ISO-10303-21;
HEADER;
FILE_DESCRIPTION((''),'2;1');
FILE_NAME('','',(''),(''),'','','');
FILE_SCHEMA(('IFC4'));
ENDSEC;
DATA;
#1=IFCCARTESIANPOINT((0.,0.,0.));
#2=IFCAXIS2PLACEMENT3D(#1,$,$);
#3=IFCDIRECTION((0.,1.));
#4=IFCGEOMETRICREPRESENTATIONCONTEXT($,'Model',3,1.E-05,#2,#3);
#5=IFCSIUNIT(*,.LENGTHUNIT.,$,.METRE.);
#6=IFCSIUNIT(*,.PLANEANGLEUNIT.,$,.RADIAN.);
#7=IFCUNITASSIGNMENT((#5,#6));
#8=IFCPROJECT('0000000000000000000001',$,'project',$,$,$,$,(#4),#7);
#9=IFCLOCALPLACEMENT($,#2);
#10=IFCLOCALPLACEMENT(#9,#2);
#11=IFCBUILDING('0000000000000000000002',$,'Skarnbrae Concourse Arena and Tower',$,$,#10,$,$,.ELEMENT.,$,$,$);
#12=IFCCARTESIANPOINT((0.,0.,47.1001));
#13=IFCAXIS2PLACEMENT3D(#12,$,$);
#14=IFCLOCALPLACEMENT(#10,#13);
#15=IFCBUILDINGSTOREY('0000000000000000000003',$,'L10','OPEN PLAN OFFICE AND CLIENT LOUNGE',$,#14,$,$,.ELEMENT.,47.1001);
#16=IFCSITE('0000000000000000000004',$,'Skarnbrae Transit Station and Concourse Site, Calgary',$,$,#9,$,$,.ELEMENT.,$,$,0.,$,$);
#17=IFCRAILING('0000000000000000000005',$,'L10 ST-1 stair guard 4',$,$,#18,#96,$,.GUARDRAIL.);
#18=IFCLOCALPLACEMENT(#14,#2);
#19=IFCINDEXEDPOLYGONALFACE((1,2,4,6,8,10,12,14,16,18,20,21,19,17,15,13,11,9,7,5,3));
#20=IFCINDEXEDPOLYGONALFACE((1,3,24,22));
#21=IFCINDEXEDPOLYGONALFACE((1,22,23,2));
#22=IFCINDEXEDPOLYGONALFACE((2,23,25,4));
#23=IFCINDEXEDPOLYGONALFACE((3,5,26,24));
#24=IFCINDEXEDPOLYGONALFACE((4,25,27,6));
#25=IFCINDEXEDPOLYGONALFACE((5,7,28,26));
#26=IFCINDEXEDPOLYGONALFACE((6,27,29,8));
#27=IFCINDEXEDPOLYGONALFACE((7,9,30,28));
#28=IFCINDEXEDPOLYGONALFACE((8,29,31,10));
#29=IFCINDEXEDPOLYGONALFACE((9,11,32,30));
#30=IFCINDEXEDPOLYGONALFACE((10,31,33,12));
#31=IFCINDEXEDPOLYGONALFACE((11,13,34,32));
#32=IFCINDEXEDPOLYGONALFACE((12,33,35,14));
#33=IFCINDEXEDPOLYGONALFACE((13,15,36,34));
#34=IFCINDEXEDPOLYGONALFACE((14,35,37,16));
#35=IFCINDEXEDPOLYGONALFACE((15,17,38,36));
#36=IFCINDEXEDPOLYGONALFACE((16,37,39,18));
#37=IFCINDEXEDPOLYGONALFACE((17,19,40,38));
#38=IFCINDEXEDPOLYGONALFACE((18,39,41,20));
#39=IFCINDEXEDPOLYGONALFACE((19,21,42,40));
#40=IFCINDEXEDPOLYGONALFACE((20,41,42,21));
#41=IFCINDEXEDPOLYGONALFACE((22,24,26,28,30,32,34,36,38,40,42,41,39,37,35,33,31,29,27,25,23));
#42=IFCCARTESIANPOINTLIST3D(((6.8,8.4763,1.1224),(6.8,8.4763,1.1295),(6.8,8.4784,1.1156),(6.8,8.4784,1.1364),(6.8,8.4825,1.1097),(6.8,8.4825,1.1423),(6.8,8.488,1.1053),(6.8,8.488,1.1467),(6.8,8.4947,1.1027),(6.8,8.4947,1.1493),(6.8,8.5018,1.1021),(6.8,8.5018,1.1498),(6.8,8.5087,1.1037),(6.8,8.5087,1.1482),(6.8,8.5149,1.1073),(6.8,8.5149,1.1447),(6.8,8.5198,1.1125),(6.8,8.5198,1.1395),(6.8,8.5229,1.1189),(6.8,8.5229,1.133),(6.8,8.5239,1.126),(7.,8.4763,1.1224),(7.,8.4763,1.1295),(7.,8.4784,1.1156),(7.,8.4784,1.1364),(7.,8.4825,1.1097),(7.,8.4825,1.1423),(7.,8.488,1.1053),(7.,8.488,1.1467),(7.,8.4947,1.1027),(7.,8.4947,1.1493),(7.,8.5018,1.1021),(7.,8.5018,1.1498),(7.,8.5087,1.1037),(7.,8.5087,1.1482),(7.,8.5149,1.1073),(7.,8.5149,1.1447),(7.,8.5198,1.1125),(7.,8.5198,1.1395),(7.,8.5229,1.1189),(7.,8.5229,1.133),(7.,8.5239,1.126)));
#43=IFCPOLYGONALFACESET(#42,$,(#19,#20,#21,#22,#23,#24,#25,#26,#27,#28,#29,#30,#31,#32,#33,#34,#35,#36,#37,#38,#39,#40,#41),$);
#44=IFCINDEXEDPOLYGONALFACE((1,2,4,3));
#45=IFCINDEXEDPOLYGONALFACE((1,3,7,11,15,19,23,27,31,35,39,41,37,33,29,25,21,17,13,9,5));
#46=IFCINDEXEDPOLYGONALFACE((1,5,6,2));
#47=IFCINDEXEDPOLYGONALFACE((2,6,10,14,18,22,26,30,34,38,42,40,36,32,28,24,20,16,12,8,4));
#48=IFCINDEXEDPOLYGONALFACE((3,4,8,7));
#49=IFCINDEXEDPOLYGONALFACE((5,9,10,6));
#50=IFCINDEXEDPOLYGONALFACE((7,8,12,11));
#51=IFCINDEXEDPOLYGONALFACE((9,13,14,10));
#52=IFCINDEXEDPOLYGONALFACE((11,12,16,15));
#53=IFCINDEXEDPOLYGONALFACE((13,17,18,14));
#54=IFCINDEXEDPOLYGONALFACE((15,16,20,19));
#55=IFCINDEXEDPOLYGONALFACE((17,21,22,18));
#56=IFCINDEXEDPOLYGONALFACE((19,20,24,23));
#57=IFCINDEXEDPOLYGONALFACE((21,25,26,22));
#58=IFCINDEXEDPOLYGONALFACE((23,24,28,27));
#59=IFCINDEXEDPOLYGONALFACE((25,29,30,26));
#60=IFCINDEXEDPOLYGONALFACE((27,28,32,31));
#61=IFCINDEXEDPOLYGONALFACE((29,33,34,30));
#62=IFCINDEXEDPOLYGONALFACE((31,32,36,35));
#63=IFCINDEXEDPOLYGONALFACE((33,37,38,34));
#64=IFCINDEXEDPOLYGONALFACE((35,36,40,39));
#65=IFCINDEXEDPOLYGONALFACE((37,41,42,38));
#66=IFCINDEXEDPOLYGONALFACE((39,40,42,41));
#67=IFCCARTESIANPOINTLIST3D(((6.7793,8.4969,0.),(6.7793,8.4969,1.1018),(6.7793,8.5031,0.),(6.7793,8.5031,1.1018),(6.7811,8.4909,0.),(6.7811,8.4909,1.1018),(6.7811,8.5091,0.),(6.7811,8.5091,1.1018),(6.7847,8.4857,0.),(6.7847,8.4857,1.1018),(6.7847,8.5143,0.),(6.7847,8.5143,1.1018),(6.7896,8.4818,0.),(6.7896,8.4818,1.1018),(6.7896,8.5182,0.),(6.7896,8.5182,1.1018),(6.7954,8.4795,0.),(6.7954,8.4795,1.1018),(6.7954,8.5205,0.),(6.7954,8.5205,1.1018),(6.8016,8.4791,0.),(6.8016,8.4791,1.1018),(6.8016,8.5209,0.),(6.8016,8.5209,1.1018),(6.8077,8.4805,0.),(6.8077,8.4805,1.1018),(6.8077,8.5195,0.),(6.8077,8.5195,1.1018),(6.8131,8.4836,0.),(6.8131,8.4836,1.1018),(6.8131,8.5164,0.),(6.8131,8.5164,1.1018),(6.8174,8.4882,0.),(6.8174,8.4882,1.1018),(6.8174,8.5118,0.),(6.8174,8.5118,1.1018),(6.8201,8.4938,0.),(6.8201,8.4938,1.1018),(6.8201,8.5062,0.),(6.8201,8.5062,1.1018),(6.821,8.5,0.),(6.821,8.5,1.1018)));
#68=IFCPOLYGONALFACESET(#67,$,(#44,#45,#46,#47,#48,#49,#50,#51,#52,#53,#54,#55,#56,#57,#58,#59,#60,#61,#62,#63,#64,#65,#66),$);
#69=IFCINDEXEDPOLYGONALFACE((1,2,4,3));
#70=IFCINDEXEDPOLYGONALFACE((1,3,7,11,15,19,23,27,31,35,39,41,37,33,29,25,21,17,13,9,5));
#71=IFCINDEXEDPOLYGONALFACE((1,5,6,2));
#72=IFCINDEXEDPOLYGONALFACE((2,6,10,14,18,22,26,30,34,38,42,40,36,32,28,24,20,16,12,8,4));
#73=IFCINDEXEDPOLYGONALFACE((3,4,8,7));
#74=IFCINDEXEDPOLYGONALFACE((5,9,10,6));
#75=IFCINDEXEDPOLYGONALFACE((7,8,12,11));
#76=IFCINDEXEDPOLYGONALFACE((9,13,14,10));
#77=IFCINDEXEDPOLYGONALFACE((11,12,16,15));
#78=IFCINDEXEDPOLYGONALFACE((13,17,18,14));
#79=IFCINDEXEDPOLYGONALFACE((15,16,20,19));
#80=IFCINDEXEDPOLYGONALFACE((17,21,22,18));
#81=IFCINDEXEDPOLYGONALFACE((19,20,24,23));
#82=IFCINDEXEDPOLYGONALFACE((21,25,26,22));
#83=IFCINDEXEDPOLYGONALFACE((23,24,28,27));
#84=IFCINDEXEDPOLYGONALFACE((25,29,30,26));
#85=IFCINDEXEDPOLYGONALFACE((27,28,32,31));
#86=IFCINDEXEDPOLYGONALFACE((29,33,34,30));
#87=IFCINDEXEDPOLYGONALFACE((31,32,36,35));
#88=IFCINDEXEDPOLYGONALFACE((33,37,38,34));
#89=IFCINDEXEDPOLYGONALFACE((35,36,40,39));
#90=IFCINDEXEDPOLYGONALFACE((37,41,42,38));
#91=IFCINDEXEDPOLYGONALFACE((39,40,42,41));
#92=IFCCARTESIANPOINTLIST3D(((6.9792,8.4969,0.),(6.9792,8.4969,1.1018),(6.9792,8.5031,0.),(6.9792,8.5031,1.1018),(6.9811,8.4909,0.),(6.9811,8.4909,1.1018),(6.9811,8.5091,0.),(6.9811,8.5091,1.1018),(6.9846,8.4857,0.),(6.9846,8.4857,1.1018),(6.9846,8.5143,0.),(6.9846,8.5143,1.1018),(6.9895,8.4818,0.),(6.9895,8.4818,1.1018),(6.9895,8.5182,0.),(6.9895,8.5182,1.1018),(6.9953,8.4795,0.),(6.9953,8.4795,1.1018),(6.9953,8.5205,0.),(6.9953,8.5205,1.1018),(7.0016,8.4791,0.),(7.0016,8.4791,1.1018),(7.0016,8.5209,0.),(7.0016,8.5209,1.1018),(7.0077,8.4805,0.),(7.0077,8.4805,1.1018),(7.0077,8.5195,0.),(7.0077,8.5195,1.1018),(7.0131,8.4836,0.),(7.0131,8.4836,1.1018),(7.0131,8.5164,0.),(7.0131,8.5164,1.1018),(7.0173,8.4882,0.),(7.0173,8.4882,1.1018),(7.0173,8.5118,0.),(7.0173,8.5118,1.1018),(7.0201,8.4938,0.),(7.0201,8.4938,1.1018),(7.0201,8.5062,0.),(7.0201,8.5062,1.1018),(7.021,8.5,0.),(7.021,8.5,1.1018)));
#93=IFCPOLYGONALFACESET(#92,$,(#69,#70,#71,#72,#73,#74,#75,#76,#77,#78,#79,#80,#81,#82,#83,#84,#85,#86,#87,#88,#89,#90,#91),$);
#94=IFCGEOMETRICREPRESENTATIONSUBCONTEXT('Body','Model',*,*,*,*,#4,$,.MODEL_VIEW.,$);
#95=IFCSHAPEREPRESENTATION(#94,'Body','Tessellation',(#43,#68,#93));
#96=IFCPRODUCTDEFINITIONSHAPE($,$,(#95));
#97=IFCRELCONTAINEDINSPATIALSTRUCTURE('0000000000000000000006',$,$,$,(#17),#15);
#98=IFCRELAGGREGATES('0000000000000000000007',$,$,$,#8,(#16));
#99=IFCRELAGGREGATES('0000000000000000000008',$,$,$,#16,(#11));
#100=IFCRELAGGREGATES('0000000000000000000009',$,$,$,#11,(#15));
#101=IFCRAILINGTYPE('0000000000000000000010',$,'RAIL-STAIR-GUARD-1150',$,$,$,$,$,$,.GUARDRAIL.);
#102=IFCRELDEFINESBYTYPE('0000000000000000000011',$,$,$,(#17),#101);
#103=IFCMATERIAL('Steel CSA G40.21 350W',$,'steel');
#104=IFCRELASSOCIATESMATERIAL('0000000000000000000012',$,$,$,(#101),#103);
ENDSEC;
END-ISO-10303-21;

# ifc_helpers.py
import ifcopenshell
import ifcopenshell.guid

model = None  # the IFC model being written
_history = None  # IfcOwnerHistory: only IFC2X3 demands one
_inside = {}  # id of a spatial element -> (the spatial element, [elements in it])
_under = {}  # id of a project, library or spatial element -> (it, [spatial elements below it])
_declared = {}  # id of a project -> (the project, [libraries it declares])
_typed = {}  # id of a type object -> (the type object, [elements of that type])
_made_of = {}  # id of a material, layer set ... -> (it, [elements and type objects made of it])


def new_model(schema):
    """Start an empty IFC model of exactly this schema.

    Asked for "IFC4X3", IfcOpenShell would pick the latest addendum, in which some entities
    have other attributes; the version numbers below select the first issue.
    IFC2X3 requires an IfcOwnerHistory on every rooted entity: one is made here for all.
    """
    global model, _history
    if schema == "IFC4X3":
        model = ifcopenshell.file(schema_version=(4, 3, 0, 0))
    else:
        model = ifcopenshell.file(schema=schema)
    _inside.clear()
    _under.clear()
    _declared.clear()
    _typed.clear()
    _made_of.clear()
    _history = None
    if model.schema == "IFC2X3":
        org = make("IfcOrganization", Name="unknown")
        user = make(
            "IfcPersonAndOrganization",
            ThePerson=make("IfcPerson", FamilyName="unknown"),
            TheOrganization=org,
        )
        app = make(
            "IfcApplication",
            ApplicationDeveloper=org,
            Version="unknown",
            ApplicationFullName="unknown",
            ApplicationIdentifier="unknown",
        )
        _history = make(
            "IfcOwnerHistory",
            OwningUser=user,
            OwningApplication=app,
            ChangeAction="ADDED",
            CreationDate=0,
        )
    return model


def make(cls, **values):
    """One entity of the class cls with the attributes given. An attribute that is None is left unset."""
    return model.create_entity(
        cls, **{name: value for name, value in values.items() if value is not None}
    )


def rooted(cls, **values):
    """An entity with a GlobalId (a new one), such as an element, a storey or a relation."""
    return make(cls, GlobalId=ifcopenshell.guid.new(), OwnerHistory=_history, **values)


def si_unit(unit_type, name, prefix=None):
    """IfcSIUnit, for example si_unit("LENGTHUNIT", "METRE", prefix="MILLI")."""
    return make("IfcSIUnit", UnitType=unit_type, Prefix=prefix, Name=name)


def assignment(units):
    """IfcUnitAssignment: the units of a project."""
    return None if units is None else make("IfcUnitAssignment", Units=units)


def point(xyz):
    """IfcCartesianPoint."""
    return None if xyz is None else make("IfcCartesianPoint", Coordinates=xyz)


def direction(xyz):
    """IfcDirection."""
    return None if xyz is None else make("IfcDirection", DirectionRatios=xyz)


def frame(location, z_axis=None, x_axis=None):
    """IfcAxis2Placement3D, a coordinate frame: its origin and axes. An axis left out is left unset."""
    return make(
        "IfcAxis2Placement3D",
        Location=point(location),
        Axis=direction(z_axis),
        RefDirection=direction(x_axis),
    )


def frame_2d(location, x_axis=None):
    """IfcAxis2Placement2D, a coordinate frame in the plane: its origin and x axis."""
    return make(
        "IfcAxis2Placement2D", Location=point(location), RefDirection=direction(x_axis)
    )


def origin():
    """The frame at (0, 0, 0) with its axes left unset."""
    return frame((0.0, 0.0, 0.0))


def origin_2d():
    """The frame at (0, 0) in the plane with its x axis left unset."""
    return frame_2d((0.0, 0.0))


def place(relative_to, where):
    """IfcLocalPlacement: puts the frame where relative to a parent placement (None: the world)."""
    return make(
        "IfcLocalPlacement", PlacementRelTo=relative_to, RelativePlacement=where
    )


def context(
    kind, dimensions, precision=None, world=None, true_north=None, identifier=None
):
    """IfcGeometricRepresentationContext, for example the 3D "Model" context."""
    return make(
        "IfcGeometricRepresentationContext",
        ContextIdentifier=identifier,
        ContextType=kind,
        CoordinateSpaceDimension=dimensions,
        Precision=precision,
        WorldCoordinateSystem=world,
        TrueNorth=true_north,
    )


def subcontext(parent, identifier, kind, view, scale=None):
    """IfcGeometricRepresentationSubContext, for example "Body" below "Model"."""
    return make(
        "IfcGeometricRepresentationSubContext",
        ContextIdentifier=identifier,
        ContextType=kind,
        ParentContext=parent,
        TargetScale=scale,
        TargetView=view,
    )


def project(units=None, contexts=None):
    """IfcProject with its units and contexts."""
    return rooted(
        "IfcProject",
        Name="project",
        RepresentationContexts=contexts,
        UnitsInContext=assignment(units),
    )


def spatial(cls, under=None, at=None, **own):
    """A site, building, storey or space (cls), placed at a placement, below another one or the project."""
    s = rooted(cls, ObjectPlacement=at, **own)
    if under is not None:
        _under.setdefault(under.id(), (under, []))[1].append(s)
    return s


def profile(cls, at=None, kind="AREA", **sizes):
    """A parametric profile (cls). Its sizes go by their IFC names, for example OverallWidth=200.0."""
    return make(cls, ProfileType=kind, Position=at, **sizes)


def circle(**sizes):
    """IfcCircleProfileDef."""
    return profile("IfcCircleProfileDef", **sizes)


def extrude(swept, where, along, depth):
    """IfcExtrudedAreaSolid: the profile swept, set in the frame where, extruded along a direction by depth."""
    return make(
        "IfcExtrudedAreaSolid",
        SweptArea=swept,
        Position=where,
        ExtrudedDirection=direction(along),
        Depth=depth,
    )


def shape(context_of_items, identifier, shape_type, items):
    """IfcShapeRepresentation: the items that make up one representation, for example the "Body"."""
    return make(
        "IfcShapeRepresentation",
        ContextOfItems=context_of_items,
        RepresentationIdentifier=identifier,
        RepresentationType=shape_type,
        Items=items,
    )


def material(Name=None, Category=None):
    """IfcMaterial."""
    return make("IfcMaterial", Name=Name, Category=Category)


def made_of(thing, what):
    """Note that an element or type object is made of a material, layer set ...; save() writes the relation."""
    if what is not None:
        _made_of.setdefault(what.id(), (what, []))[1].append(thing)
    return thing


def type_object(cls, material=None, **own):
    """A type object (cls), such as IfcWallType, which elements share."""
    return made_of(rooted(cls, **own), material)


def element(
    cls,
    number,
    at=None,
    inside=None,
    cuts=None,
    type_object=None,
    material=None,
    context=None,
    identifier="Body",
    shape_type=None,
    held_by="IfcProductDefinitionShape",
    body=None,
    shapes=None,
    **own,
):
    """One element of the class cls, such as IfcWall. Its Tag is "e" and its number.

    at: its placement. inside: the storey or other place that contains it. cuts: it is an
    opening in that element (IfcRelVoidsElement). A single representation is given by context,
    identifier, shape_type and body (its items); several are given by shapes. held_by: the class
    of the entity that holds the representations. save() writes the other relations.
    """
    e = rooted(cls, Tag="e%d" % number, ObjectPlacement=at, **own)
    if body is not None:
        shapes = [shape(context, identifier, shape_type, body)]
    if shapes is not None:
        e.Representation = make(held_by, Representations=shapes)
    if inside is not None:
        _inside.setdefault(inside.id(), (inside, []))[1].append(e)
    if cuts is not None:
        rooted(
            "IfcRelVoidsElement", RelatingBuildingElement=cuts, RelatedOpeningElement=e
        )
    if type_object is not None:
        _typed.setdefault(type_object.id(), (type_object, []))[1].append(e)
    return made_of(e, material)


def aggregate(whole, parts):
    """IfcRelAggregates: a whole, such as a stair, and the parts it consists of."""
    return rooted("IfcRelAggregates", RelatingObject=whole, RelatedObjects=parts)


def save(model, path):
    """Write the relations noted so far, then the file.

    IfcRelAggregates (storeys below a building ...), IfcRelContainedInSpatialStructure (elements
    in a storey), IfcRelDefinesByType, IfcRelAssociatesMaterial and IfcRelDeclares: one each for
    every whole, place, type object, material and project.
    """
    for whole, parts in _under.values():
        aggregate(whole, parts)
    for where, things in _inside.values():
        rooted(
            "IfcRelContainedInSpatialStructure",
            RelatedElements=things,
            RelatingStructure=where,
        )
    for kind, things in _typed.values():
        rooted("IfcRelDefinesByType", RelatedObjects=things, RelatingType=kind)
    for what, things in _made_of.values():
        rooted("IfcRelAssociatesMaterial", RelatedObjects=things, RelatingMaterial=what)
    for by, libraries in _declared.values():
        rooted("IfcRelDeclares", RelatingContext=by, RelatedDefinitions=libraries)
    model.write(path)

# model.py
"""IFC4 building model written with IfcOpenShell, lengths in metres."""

from ifc_helpers import new_model, si_unit, direction, frame, origin, origin_2d, place, context, subcontext, project, spatial, circle, extrude, material, type_object, element, save


model = new_model("IFC4")

# Units and contexts
model_context = context("Model", 3, precision=1e-05, world=origin(), true_north=direction((0.0, 1.0)))
body_context = subcontext(model_context, "Body", "Model", "MODEL_VIEW")
ifc_project = project(units=[si_unit("LENGTHUNIT", "METRE"), si_unit("PLANEANGLEUNIT", "RADIAN")], contexts=[model_context])

# Site, building, storey
site_placement = place(None, origin())
site = spatial("IfcSite", under=ifc_project, at=site_placement, Name="Skarnbrae Transit Station and Concourse Site, Calgary", CompositionType="ELEMENT", RefElevation=0.0)
building_placement = place(site_placement, origin())
building = spatial("IfcBuilding", under=site, at=building_placement, Name="Skarnbrae Concourse Arena and Tower", CompositionType="ELEMENT")
storey_placement = place(building_placement, frame((0.0, 0.0, 47.1001)))
storey = spatial("IfcBuildingStorey", under=building, at=storey_placement, Name="L10", Description="OPEN PLAN OFFICE AND CLIENT LOUNGE", CompositionType="ELEMENT", Elevation=47.1001)

# Shared definitions
ifc_material_1 = material(Name="Steel CSA G40.21 350W", Category="steel")

# Railing
railing_type_1 = type_object("IfcRailingType", Name="RAIL-STAIR-GUARD-1150", PredefinedType="GUARDRAIL", material=ifc_material_1)
railing_1_placement = place(storey_placement, frame((6.8, 8.5, 0.0)))
element("IfcRailing", 1, at=railing_1_placement, inside=storey, type_object=railing_type_1, Name="L10 ST-1 stair guard 4", PredefinedType="GUARDRAIL", context=body_context, shape_type="SweptSolid", body=[
    extrude(circle(Radius=0.0239, at=origin_2d()), frame((0.0, 0.0, 1.126), z_axis=(1.0, 0.0, 0.0), x_axis=(0.0, 1.0, 0.0)), (0.0, 0.0, 1.0), 0.2),
    extrude(circle(Radius=0.021, at=origin_2d()), origin(), (0.0, 0.0, 1.0), 1.1018),
    extrude(circle(Radius=0.021, at=origin_2d()), frame((0.2, 0.0, 0.0)), (0.0, 0.0, 1.0), 1.1018),
])

save(model, "model.ifc")
